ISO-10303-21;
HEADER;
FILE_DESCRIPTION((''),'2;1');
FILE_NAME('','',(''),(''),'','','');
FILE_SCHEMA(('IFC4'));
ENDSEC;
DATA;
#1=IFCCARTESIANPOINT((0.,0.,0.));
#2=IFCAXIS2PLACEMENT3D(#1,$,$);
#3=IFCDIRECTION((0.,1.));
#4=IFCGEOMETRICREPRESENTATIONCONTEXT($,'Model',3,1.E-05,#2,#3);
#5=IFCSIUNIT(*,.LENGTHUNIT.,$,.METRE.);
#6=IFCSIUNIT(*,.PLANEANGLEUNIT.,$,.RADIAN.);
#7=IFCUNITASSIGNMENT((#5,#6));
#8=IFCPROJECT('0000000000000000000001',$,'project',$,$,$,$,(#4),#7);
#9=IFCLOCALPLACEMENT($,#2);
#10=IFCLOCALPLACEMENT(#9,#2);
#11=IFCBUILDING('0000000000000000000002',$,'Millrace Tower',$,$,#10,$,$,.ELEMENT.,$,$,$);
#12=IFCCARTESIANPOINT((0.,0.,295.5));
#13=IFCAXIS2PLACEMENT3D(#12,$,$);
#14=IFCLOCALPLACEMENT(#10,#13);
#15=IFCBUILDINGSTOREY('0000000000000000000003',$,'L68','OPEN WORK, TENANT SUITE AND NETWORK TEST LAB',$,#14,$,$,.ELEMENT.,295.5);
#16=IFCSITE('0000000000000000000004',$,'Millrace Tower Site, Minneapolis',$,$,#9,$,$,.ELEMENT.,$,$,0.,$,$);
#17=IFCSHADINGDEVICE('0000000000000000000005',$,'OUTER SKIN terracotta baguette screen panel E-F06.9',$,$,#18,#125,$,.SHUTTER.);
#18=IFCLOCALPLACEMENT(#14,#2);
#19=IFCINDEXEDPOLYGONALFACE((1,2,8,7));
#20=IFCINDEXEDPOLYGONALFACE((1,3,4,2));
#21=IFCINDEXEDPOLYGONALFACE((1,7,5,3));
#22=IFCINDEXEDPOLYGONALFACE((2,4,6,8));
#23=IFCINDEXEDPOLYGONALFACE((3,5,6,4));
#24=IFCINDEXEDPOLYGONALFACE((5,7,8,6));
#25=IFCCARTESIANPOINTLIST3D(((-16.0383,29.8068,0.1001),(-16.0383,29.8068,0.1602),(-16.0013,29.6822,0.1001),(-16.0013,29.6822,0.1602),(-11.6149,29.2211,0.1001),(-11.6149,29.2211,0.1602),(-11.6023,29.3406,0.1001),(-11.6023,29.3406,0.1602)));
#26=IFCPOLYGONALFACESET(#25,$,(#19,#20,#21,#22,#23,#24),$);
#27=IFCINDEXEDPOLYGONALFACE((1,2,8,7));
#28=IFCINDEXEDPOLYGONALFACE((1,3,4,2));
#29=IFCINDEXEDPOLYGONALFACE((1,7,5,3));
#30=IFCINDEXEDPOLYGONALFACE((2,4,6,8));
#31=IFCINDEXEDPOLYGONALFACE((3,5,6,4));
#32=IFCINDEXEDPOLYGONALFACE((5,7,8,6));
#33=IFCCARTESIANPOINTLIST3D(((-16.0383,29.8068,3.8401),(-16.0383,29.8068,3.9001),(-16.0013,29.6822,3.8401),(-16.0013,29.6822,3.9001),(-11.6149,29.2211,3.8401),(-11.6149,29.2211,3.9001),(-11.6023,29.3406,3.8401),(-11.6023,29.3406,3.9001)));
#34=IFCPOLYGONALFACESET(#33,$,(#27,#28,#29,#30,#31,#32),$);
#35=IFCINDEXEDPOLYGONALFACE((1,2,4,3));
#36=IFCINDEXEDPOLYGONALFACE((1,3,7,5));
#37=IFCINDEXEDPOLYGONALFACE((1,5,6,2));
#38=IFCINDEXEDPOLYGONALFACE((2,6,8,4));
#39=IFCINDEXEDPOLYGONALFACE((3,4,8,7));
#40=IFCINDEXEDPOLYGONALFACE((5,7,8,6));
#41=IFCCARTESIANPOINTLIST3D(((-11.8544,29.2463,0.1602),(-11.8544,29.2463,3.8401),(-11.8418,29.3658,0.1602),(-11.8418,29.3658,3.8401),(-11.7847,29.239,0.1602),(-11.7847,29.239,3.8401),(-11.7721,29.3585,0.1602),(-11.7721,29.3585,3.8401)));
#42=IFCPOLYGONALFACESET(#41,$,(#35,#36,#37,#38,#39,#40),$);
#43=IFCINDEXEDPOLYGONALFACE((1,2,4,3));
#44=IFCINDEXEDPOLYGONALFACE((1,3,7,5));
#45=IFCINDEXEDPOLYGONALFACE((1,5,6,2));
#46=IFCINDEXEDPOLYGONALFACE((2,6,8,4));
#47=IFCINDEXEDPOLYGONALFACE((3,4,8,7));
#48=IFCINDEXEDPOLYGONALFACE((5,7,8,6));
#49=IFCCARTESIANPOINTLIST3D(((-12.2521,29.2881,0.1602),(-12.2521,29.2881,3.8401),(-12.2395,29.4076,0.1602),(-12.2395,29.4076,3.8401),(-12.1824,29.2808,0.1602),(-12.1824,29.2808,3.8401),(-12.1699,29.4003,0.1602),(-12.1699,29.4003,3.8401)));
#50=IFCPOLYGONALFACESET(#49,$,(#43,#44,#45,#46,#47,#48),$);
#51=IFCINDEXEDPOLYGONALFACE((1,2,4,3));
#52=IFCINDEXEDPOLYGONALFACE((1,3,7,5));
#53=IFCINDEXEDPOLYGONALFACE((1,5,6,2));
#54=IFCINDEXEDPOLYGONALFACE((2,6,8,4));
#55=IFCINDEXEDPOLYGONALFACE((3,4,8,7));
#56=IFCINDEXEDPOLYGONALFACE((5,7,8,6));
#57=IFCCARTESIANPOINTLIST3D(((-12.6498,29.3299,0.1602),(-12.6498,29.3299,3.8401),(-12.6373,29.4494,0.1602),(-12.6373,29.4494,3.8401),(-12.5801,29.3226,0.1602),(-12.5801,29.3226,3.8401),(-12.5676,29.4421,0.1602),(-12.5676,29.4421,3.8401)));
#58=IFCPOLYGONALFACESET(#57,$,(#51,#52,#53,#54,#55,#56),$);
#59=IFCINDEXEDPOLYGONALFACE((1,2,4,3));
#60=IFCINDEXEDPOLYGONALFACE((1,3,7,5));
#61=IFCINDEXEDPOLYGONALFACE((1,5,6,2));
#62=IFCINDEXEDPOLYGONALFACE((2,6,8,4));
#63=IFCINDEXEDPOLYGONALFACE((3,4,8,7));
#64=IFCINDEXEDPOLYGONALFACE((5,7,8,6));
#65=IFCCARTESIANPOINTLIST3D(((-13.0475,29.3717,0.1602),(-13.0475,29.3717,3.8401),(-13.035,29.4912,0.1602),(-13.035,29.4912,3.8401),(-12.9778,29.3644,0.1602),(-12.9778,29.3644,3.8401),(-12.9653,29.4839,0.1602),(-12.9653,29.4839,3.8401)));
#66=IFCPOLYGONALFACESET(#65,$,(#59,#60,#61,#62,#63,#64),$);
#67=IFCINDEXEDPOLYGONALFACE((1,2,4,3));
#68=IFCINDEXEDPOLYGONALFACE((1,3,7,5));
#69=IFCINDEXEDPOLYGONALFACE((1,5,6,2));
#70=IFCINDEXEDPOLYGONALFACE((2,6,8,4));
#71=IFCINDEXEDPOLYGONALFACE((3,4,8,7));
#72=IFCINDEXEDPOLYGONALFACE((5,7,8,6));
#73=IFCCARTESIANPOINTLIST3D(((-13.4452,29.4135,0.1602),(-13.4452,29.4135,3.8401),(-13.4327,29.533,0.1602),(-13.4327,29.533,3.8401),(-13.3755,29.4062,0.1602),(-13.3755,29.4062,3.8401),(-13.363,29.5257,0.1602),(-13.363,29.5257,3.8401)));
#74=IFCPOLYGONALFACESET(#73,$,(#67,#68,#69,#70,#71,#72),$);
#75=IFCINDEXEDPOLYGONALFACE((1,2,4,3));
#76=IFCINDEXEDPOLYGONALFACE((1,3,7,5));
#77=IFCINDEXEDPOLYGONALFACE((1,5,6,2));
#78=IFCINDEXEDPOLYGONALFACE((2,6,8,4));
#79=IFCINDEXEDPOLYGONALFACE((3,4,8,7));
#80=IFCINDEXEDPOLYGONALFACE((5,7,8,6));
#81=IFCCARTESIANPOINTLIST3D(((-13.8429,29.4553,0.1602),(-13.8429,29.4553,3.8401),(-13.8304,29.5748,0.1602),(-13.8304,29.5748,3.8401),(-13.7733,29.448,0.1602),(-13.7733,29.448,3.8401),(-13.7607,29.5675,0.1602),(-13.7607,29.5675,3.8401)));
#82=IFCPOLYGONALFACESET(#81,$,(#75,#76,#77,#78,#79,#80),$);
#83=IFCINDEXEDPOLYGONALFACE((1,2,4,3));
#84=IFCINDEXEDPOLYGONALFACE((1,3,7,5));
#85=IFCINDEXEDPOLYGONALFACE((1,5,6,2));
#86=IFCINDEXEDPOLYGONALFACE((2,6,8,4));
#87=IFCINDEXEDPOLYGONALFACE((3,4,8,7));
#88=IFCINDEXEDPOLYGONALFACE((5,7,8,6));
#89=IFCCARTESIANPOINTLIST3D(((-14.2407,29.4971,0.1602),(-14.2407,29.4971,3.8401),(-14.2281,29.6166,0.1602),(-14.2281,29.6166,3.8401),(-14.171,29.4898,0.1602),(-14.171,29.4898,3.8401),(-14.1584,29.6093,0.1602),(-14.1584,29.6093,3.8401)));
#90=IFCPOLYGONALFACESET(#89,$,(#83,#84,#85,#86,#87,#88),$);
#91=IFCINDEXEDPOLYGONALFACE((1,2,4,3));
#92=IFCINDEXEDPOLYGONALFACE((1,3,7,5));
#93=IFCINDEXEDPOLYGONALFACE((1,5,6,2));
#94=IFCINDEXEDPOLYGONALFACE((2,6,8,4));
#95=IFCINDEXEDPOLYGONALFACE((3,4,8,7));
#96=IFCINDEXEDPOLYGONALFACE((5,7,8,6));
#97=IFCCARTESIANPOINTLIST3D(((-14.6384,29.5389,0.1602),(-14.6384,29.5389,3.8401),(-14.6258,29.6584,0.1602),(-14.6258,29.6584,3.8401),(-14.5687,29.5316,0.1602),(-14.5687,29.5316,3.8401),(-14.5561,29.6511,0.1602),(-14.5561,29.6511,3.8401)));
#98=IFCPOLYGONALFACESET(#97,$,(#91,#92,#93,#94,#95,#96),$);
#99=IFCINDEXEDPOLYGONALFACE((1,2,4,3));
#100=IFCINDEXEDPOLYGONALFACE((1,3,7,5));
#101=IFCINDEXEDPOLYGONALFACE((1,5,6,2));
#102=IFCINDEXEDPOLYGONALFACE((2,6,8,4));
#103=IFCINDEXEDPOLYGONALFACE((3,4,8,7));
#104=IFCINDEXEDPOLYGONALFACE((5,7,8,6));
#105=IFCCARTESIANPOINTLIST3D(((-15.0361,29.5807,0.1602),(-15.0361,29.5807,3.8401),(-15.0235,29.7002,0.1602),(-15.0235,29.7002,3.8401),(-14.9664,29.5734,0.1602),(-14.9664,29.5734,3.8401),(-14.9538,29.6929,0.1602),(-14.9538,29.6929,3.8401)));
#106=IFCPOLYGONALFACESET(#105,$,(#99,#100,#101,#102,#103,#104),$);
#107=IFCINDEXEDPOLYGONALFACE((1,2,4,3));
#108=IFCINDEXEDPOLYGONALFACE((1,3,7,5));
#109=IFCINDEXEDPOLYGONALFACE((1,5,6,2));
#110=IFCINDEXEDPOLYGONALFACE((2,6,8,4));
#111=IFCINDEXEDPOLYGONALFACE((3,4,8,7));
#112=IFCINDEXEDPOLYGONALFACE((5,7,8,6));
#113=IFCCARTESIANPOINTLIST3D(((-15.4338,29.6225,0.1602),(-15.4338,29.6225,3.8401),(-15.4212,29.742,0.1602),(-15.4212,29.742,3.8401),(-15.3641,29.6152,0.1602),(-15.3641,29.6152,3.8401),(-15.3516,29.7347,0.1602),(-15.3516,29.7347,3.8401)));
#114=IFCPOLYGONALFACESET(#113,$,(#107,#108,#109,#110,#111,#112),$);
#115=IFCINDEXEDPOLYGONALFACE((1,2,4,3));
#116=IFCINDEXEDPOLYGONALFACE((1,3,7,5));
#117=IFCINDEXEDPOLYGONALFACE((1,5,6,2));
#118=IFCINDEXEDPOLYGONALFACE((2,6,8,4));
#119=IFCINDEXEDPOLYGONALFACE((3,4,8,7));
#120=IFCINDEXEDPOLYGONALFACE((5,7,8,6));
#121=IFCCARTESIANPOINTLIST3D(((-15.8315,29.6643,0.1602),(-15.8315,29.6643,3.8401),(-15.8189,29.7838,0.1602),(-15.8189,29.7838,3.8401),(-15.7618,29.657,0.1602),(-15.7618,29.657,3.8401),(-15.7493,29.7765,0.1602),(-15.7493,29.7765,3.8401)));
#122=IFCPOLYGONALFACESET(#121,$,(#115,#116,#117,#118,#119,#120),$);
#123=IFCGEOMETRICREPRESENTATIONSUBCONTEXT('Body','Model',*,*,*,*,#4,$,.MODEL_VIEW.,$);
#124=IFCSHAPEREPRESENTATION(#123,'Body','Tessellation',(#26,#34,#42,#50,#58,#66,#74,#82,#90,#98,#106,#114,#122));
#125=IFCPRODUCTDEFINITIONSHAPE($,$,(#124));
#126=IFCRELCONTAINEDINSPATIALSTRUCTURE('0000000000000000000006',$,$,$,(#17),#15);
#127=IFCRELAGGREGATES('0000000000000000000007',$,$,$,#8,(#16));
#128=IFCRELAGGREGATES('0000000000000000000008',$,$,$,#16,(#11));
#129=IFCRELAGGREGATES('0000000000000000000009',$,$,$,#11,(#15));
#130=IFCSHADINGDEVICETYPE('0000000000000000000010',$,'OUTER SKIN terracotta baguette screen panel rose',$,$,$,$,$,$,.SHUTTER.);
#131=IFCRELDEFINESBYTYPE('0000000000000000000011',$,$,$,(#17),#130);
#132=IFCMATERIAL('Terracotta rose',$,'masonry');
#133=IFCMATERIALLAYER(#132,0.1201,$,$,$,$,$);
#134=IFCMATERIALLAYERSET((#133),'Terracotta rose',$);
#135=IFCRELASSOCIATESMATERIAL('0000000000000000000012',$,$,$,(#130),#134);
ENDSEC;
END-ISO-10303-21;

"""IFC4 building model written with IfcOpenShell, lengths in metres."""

from ifc_helpers import new_model, entity, si_unit, direction, frame, frame_2d, origin, place, context, subcontext, project, spatial, rectangle, extrude, source, transform, mapped, material, layer, layer_set, type_object, element, save


model = new_model("IFC4")

# Units and contexts
model_context = context("Model", 3, precision=1e-05, world=origin(), true_north=direction((0.0, 1.0)))
body_context = subcontext(model_context, "Body", "Model", "MODEL_VIEW")
ifc_project = project(units=[si_unit("LENGTHUNIT", "METRE"), si_unit("PLANEANGLEUNIT", "RADIAN")], contexts=[model_context])

# Site, building, storey
site_placement = place(None, origin())
site = spatial("IfcSite", under=ifc_project, at=site_placement, Name="Millrace Tower Site, Minneapolis", CompositionType="ELEMENT", RefElevation=0.0)
building_placement = place(site_placement, origin())
building = spatial("IfcBuilding", under=site, at=building_placement, Name="Millrace Tower", CompositionType="ELEMENT")
storey_placement = place(building_placement, frame((0.0, 0.0, 295.5)))
storey = spatial("IfcBuildingStorey", under=building, at=storey_placement, Name="L68", Description="OPEN WORK, TENANT SUITE AND NETWORK TEST LAB", CompositionType="ELEMENT", Elevation=295.5)

# Shading device
ifc_material_1 = material(Name="Terracotta rose", Category="masonry")
ifc_layer_1 = layer(ifc_material_1, 0.1201)
ifc_layer_set_1 = layer_set([ifc_layer_1], Name="Terracotta rose")
shading_device_type = type_object("IfcShadingDeviceType", Name="OUTER SKIN terracotta baguette screen panel rose", PredefinedType="SHUTTER", material=ifc_layer_set_1)
cartesian_point_1 = entity("IfcCartesianPoint", [-2.2178, 0.0601])
shared_polyline_1 = entity("IfcPolyline", [cartesian_point_1, entity("IfcCartesianPoint", [2.1929, 0.0601]), entity("IfcCartesianPoint", [2.2427, -0.0601]), entity("IfcCartesianPoint", [-2.2178, -0.0601]), cartesian_point_1])
shared_shape_1 = source(origin(), body_context, "Body", "SweptSolid", [
    entity("IfcExtrudedAreaSolid", entity("IfcArbitraryClosedProfileDef", "AREA", None, shared_polyline_1), entity("IfcAxis2Placement3D", entity("IfcCartesianPoint", [0.0, 0.0, 0.0])), entity("IfcDirection", [0.0, 0.0, 1.0]), 0.0601),
    entity("IfcExtrudedAreaSolid", entity("IfcArbitraryClosedProfileDef", "AREA", None, shared_polyline_1), entity("IfcAxis2Placement3D", entity("IfcCartesianPoint", [0.0, 0.0, 3.74])), entity("IfcDirection", [0.0, 0.0, 1.0]), 0.0601),
    extrude(rectangle(XDim=0.0701, YDim=0.1201, at=frame_2d((-2.012, 0.0))), frame((0.0, 0.0, 0.0601)), (0.0, 0.0, 1.0), 3.6799),
    extrude(rectangle(XDim=0.0701, YDim=0.1201, at=frame_2d((-1.6121, 0.0))), frame((0.0, 0.0, 0.0601)), (0.0, 0.0, 1.0), 3.6799),
    extrude(rectangle(XDim=0.0701, YDim=0.1201, at=frame_2d((-1.2122, 0.0))), frame((0.0, 0.0, 0.0601)), (0.0, 0.0, 1.0), 3.6799),
    extrude(rectangle(XDim=0.0701, YDim=0.1201, at=frame_2d((-0.8123, 0.0))), frame((0.0, 0.0, 0.0601)), (0.0, 0.0, 1.0), 3.6799),
    extrude(rectangle(XDim=0.0701, YDim=0.1201, at=frame_2d((-0.4124, 0.0))), frame((0.0, 0.0, 0.0601)), (0.0, 0.0, 1.0), 3.6799),
    extrude(rectangle(XDim=0.0701, YDim=0.1201, at=frame_2d((-0.0125, 0.0))), frame((0.0, 0.0, 0.0601)), (0.0, 0.0, 1.0), 3.6799),
    extrude(rectangle(XDim=0.0701, YDim=0.1201, at=frame_2d((0.3875, 0.0))), frame((0.0, 0.0, 0.0601)), (0.0, 0.0, 1.0), 3.6799),
    extrude(rectangle(XDim=0.0701, YDim=0.1201, at=frame_2d((0.7874, 0.0))), frame((0.0, 0.0, 0.0601)), (0.0, 0.0, 1.0), 3.6799),
    extrude(rectangle(XDim=0.0701, YDim=0.1201, at=frame_2d((1.1873, 0.0))), frame((0.0, 0.0, 0.0601)), (0.0, 0.0, 1.0), 3.6799),
    extrude(rectangle(XDim=0.0701, YDim=0.1201, at=frame_2d((1.5872, 0.0))), frame((0.0, 0.0, 0.0601)), (0.0, 0.0, 1.0), 3.6799),
    extrude(rectangle(XDim=0.0701, YDim=0.1201, at=frame_2d((1.9871, 0.0))), frame((0.0, 0.0, 0.0601)), (0.0, 0.0, 1.0), 3.6799),
])
shading_device_placement = place(storey_placement, frame((-13.8142, 29.5127, 0.1001), z_axis=(0.0, 0.0, 1.0), x_axis=(-0.994522, 0.104528, 0.0)))
element("IfcShadingDevice", 1, at=shading_device_placement, inside=storey, type_object=shading_device_type, Name="OUTER SKIN terracotta baguette screen panel E-F06.9", PredefinedType="SHUTTER", context=body_context, shape_type="MappedRepresentation", body=[
    mapped(shared_shape_1, transform((0.0, 0.0, 0.0), scale=1.0)),
])

save(model, "model.ifc")
